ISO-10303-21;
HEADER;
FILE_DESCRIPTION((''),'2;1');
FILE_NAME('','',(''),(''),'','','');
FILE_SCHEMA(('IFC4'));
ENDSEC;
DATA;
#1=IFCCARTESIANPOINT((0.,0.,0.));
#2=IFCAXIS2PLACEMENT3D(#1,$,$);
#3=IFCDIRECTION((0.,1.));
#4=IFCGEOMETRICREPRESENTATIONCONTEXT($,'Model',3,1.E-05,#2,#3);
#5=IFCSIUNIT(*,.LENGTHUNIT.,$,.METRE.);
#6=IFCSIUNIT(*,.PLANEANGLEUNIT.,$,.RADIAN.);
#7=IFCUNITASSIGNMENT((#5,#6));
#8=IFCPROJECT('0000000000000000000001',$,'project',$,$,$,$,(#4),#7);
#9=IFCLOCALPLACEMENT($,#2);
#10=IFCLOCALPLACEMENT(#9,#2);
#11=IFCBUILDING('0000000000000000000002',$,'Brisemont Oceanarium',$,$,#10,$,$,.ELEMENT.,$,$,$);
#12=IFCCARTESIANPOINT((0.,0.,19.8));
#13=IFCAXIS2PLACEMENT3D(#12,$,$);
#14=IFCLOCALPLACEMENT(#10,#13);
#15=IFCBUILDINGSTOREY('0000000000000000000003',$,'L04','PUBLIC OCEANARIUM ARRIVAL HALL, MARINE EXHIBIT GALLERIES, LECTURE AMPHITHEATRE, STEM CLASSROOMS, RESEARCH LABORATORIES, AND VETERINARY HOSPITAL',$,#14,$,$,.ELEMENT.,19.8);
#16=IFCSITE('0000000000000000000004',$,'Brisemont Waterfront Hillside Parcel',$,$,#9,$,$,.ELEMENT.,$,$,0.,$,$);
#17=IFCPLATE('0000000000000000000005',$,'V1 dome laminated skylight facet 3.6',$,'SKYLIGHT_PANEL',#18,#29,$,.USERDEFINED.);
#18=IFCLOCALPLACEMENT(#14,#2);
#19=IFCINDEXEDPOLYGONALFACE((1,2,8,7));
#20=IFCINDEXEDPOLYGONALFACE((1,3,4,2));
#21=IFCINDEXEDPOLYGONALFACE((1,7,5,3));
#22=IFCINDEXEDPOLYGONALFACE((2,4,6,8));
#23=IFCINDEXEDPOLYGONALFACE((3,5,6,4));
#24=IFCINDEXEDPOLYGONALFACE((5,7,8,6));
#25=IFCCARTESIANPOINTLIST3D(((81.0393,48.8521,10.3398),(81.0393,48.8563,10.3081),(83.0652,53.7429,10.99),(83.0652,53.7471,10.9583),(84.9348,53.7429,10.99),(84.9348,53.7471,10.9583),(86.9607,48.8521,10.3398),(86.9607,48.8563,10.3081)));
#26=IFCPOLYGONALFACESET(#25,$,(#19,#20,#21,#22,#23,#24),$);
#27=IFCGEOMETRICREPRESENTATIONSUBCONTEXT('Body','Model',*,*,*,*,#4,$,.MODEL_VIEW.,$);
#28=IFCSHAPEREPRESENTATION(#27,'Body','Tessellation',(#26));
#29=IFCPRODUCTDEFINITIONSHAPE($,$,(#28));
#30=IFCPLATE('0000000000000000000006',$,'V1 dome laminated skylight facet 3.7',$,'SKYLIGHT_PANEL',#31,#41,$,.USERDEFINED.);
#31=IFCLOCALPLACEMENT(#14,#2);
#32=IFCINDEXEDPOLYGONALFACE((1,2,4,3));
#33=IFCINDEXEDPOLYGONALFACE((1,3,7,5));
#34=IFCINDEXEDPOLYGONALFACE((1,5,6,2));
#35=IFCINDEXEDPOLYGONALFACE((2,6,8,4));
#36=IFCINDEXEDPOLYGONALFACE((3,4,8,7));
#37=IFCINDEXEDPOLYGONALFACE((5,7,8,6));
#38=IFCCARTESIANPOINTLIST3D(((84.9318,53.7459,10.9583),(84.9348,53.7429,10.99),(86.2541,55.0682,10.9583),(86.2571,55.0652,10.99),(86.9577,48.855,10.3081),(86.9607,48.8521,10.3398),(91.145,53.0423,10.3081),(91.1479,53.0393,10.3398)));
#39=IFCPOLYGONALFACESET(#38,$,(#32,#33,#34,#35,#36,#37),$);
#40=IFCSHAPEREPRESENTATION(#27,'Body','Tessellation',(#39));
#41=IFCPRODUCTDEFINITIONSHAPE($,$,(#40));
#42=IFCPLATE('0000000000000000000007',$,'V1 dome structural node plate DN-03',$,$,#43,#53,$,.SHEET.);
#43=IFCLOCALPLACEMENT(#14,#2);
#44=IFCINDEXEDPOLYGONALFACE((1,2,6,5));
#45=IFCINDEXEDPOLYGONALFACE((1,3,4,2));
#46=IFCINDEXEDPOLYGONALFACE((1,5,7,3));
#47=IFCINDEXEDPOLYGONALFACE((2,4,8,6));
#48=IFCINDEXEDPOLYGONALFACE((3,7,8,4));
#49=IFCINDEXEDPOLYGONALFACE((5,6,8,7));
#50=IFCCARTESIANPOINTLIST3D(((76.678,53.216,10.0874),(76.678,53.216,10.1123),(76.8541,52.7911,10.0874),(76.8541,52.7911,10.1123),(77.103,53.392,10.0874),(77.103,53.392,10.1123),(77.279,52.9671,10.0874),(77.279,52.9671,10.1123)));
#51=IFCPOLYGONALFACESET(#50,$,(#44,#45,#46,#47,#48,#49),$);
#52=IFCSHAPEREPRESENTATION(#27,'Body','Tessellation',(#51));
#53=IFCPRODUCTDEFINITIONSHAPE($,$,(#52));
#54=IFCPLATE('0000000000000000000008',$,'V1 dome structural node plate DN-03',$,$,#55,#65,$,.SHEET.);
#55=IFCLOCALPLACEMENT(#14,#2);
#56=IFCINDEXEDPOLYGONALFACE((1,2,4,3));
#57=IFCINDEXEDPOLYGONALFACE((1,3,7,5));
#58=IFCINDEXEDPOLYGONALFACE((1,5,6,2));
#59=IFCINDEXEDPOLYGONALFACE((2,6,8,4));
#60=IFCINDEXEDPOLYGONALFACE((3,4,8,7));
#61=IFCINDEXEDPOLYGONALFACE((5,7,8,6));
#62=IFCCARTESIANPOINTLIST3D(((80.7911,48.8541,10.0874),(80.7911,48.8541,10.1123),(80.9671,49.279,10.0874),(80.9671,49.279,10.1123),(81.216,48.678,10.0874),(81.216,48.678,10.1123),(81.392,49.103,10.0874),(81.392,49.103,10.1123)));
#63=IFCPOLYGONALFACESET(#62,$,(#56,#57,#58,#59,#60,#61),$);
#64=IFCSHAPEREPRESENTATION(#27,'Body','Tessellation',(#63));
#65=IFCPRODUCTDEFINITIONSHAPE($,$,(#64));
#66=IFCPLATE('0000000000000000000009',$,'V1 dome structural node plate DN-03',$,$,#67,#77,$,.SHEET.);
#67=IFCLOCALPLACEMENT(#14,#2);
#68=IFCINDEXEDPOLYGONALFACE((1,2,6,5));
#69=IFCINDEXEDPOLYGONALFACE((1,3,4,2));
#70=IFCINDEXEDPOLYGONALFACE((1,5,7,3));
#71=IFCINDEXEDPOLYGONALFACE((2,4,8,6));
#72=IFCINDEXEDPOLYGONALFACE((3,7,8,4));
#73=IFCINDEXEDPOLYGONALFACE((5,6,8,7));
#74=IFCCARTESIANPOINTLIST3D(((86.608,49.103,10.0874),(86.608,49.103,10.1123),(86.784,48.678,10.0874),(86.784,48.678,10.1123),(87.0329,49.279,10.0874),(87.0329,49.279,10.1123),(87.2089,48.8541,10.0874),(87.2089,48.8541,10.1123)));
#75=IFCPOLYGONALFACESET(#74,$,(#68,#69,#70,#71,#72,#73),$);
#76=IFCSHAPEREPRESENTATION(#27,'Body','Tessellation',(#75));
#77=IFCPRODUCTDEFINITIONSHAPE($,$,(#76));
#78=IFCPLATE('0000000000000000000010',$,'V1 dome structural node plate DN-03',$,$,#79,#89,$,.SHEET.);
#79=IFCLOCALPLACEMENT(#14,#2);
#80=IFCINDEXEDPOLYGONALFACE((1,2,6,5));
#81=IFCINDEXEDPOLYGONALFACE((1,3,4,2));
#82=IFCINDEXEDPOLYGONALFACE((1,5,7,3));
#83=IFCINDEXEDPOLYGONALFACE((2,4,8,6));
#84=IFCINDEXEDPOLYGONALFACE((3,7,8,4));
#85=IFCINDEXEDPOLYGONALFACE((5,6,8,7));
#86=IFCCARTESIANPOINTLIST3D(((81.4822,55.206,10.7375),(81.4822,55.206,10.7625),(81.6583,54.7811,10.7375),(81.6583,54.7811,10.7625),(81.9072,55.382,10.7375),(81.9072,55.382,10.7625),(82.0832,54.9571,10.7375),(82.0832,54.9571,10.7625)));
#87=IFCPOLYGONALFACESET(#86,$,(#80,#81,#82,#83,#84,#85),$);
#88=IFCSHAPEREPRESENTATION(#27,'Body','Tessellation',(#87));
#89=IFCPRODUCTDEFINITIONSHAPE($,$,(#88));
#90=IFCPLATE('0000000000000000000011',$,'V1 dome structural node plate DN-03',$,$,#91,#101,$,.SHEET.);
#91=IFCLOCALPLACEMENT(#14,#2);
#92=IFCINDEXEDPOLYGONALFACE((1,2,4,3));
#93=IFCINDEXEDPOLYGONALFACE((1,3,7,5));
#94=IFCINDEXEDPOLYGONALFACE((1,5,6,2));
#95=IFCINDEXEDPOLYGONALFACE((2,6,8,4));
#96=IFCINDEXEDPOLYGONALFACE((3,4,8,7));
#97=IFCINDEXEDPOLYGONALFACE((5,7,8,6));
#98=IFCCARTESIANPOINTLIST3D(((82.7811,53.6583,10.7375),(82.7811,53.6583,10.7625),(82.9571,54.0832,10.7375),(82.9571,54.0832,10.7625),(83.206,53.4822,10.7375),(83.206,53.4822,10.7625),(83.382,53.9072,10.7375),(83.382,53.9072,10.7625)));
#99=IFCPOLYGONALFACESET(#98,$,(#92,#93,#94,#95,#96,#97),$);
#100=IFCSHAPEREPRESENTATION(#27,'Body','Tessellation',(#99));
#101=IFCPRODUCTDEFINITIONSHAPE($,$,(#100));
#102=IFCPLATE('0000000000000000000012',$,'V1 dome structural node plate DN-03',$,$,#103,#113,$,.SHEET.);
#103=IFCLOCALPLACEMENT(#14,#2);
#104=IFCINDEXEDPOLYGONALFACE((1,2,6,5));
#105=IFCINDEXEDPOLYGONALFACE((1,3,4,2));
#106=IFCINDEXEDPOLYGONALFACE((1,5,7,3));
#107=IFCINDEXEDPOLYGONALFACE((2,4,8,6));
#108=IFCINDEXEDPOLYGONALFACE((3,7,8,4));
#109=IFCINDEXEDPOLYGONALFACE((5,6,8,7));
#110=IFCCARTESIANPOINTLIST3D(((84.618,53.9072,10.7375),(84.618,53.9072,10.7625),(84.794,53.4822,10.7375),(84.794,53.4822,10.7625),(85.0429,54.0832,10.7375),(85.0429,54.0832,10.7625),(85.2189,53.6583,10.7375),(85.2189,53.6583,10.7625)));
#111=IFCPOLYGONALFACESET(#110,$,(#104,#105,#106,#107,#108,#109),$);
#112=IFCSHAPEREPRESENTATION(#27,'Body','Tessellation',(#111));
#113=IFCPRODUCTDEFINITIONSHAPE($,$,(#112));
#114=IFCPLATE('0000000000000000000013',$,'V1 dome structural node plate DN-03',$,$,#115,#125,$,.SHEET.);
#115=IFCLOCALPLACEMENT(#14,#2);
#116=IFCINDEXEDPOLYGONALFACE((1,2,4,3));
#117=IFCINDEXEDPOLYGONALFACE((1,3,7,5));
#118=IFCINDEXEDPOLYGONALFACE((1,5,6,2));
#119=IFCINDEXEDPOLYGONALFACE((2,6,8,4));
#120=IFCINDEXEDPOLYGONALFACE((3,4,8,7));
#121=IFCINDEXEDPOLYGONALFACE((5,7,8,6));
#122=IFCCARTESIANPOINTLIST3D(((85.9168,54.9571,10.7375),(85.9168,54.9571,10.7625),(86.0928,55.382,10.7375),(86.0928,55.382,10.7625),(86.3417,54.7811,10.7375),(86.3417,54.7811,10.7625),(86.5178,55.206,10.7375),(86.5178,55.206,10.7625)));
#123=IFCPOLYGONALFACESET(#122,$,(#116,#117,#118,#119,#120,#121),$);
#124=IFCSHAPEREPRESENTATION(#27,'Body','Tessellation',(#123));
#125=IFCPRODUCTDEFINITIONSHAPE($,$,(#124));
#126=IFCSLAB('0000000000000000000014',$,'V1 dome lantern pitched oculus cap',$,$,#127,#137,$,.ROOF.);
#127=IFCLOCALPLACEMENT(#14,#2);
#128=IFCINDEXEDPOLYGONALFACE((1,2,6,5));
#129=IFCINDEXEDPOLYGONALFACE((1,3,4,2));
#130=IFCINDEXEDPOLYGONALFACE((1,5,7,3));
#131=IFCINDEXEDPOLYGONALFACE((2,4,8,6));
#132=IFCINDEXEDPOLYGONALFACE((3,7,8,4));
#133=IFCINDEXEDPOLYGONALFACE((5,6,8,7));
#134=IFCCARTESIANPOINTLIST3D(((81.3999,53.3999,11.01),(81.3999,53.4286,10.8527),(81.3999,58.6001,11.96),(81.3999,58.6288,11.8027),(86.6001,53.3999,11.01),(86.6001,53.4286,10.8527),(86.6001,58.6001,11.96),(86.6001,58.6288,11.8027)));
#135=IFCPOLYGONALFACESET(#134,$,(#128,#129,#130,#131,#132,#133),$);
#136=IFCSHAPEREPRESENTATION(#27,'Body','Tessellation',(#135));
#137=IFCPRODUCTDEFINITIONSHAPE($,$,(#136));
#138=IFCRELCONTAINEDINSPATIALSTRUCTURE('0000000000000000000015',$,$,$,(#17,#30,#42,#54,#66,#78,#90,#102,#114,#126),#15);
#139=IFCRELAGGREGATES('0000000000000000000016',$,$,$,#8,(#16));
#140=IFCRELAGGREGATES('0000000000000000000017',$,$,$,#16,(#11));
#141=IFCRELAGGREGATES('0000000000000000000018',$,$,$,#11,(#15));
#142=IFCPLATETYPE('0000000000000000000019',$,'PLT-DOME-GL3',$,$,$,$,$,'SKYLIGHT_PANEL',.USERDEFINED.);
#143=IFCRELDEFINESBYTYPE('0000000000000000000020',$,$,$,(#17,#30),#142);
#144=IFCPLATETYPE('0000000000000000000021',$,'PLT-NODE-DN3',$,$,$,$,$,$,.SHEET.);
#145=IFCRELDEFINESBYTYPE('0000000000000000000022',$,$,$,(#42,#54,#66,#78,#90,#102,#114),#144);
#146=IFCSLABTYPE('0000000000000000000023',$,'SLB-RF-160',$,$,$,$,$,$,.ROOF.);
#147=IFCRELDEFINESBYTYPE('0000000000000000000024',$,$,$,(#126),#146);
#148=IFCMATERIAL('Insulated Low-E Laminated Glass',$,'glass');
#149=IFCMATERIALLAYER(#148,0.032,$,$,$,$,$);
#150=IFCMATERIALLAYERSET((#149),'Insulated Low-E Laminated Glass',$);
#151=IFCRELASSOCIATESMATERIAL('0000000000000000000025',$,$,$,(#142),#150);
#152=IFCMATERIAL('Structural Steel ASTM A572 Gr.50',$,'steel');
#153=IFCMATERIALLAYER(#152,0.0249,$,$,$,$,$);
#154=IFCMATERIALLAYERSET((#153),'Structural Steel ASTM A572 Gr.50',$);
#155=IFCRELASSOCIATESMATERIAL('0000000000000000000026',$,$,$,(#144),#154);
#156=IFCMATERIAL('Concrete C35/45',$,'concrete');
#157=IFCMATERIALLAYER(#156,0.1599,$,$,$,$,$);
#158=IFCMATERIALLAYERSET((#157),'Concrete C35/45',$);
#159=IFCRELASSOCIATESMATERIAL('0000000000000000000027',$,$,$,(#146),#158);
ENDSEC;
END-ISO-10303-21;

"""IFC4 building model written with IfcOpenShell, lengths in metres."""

from ifc_helpers import new_model, si_unit, direction, frame, origin, origin_2d, place, context, subcontext, project, spatial, polyline, rectangle, outline, extrude, material, layer, layer_set, type_object, element, save


model = new_model("IFC4")

# Units and contexts
model_context = context("Model", 3, precision=1e-05, world=origin(), true_north=direction((0.0, 1.0)))
body_context = subcontext(model_context, "Body", "Model", "MODEL_VIEW")
ifc_project = project(units=[si_unit("LENGTHUNIT", "METRE"), si_unit("PLANEANGLEUNIT", "RADIAN")], contexts=[model_context])

# Site, building, storey
site_placement = place(None, origin())
site = spatial("IfcSite", under=ifc_project, at=site_placement, Name="Brisemont Waterfront Hillside Parcel", CompositionType="ELEMENT", RefElevation=0.0)
building_placement = place(site_placement, origin())
building = spatial("IfcBuilding", under=site, at=building_placement, Name="Brisemont Oceanarium", CompositionType="ELEMENT")
storey_placement = place(building_placement, frame((0.0, 0.0, 19.8)))
storey = spatial("IfcBuildingStorey", under=building, at=storey_placement, Name="L04", Description="PUBLIC OCEANARIUM ARRIVAL HALL, MARINE EXHIBIT GALLERIES, LECTURE AMPHITHEATRE, STEM CLASSROOMS, RESEARCH LABORATORIES, AND VETERINARY HOSPITAL", CompositionType="ELEMENT", Elevation=19.8)

# Plates
ifc_material_1 = material(Name="Insulated Low-E Laminated Glass", Category="glass")
ifc_layer_1 = layer(ifc_material_1, 0.032)
ifc_layer_set_1 = layer_set([ifc_layer_1], Name="Insulated Low-E Laminated Glass")
plate_type_1 = type_object("IfcPlateType", Name="PLT-DOME-GL3", ElementType="SKYLIGHT_PANEL", PredefinedType="USERDEFINED", material=ifc_layer_set_1)
plate_1_placement = place(storey_placement, frame((81.0393, 48.8521, 10.3398), z_axis=(0.0, -0.131772, 0.99128), x_axis=(1.0, 0.0, 0.0)))
element("IfcPlate", 1, at=plate_1_placement, inside=storey, type_object=plate_type_1, Name="V1 dome laminated skylight facet 3.6", ObjectType="SKYLIGHT_PANEL", PredefinedType="USERDEFINED", context=body_context, shape_type="SweptSolid", body=[
    extrude(outline(polyline([(0.0, 0.0), (5.9214, 0.0), (3.8955, 4.9339), (2.0259, 4.9339), (0.0, 0.0)])), origin(), (0.0, 0.0, -1.0), 0.032),
])
plate_2_placement = place(storey_placement, frame((86.9607, 48.8521, 10.3398), z_axis=(0.093176, -0.093176, 0.99128), x_axis=(0.707107, 0.707107, 0.0)))
element("IfcPlate", 2, at=plate_2_placement, inside=storey, type_object=plate_type_1, Name="V1 dome laminated skylight facet 3.7", ObjectType="SKYLIGHT_PANEL", PredefinedType="USERDEFINED", context=body_context, shape_type="SweptSolid", body=[
    extrude(outline(polyline([(0.0, 0.0), (5.9217, 0.0), (3.8958, 4.9339), (2.0259, 4.9339), (0.0, 0.0)])), origin(), (0.0, 0.0, -1.0), 0.032),
])
ifc_material_2 = material(Name="Structural Steel ASTM A572 Gr.50", Category="steel")
ifc_layer_2 = layer(ifc_material_2, 0.0249)
ifc_layer_set_2 = layer_set([ifc_layer_2], Name="Structural Steel ASTM A572 Gr.50")
plate_type_2 = type_object("IfcPlateType", Name="PLT-NODE-DN3", PredefinedType="SHEET", material=ifc_layer_set_2)
for number, where, z_axis, x_axis, name in (
    (3, (76.9785, 53.0916, 10.0874), (0.0, 0.0, 1.0), (-0.92388, -0.382683, 0.0), "V1 dome structural node plate DN-03"),
    (4, (81.0916, 48.9785, 10.0874), (0.0, 0.0, 1.0), (-0.382683, -0.92388, 0.0), "V1 dome structural node plate DN-03"),
    (5, (86.9084, 48.9785, 10.0874), (0.0, 0.0, 1.0), (0.382683, -0.92388, 0.0), "V1 dome structural node plate DN-03"),
    (6, (81.7827, 55.0815, 10.7375), (0.0, 0.0, 1.0), (-0.92388, -0.382683, 0.0), "V1 dome structural node plate DN-03"),
    (7, (83.0815, 53.7827, 10.7375), (0.0, 0.0, 1.0), (-0.382683, -0.92388, 0.0), "V1 dome structural node plate DN-03"),
    (8, (84.9185, 53.7827, 10.7375), (0.0, 0.0, 1.0), (0.382683, -0.92388, 0.0), "V1 dome structural node plate DN-03"),
    (9, (86.2173, 55.0815, 10.7375), (0.0, 0.0, 1.0), (0.92388, -0.382683, 0.0), "V1 dome structural node plate DN-03"),
):
    element("IfcPlate", number, at=place(storey_placement, frame(where, z_axis=z_axis, x_axis=x_axis)), inside=storey, type_object=plate_type_2, Name=name, PredefinedType="SHEET", context=body_context, shape_type="SweptSolid", body=[
        extrude(rectangle(XDim=0.46, YDim=0.46, at=origin_2d()), origin(), (0.0, 0.0, 1.0), 0.0249),
    ])

# Slab
ifc_material_3 = material(Name="Concrete C35/45", Category="concrete")
ifc_layer_3 = layer(ifc_material_3, 0.1599)
ifc_layer_set_3 = layer_set([ifc_layer_3], Name="Concrete C35/45")
slab_type = type_object("IfcSlabType", Name="SLB-RF-160", PredefinedType="ROOF", material=ifc_layer_set_3)
slab_placement = place(storey_placement, frame((81.3999, 53.3999, 11.01), z_axis=(0.0, -0.179702, 0.983721), x_axis=(1.0, 0.0, 0.0)))
element("IfcSlab", 10, at=slab_placement, inside=storey, type_object=slab_type, Name="V1 dome lantern pitched oculus cap", PredefinedType="ROOF", context=body_context, shape_type="SweptSolid", body=[
    extrude(outline(polyline([(0.0, 0.0), (5.2002, 0.0), (5.2002, 5.2862), (0.0, 5.2862), (0.0, 0.0)])), origin(), (0.0, 0.0, -1.0), 0.1599),
])

save(model, "model.ifc")
